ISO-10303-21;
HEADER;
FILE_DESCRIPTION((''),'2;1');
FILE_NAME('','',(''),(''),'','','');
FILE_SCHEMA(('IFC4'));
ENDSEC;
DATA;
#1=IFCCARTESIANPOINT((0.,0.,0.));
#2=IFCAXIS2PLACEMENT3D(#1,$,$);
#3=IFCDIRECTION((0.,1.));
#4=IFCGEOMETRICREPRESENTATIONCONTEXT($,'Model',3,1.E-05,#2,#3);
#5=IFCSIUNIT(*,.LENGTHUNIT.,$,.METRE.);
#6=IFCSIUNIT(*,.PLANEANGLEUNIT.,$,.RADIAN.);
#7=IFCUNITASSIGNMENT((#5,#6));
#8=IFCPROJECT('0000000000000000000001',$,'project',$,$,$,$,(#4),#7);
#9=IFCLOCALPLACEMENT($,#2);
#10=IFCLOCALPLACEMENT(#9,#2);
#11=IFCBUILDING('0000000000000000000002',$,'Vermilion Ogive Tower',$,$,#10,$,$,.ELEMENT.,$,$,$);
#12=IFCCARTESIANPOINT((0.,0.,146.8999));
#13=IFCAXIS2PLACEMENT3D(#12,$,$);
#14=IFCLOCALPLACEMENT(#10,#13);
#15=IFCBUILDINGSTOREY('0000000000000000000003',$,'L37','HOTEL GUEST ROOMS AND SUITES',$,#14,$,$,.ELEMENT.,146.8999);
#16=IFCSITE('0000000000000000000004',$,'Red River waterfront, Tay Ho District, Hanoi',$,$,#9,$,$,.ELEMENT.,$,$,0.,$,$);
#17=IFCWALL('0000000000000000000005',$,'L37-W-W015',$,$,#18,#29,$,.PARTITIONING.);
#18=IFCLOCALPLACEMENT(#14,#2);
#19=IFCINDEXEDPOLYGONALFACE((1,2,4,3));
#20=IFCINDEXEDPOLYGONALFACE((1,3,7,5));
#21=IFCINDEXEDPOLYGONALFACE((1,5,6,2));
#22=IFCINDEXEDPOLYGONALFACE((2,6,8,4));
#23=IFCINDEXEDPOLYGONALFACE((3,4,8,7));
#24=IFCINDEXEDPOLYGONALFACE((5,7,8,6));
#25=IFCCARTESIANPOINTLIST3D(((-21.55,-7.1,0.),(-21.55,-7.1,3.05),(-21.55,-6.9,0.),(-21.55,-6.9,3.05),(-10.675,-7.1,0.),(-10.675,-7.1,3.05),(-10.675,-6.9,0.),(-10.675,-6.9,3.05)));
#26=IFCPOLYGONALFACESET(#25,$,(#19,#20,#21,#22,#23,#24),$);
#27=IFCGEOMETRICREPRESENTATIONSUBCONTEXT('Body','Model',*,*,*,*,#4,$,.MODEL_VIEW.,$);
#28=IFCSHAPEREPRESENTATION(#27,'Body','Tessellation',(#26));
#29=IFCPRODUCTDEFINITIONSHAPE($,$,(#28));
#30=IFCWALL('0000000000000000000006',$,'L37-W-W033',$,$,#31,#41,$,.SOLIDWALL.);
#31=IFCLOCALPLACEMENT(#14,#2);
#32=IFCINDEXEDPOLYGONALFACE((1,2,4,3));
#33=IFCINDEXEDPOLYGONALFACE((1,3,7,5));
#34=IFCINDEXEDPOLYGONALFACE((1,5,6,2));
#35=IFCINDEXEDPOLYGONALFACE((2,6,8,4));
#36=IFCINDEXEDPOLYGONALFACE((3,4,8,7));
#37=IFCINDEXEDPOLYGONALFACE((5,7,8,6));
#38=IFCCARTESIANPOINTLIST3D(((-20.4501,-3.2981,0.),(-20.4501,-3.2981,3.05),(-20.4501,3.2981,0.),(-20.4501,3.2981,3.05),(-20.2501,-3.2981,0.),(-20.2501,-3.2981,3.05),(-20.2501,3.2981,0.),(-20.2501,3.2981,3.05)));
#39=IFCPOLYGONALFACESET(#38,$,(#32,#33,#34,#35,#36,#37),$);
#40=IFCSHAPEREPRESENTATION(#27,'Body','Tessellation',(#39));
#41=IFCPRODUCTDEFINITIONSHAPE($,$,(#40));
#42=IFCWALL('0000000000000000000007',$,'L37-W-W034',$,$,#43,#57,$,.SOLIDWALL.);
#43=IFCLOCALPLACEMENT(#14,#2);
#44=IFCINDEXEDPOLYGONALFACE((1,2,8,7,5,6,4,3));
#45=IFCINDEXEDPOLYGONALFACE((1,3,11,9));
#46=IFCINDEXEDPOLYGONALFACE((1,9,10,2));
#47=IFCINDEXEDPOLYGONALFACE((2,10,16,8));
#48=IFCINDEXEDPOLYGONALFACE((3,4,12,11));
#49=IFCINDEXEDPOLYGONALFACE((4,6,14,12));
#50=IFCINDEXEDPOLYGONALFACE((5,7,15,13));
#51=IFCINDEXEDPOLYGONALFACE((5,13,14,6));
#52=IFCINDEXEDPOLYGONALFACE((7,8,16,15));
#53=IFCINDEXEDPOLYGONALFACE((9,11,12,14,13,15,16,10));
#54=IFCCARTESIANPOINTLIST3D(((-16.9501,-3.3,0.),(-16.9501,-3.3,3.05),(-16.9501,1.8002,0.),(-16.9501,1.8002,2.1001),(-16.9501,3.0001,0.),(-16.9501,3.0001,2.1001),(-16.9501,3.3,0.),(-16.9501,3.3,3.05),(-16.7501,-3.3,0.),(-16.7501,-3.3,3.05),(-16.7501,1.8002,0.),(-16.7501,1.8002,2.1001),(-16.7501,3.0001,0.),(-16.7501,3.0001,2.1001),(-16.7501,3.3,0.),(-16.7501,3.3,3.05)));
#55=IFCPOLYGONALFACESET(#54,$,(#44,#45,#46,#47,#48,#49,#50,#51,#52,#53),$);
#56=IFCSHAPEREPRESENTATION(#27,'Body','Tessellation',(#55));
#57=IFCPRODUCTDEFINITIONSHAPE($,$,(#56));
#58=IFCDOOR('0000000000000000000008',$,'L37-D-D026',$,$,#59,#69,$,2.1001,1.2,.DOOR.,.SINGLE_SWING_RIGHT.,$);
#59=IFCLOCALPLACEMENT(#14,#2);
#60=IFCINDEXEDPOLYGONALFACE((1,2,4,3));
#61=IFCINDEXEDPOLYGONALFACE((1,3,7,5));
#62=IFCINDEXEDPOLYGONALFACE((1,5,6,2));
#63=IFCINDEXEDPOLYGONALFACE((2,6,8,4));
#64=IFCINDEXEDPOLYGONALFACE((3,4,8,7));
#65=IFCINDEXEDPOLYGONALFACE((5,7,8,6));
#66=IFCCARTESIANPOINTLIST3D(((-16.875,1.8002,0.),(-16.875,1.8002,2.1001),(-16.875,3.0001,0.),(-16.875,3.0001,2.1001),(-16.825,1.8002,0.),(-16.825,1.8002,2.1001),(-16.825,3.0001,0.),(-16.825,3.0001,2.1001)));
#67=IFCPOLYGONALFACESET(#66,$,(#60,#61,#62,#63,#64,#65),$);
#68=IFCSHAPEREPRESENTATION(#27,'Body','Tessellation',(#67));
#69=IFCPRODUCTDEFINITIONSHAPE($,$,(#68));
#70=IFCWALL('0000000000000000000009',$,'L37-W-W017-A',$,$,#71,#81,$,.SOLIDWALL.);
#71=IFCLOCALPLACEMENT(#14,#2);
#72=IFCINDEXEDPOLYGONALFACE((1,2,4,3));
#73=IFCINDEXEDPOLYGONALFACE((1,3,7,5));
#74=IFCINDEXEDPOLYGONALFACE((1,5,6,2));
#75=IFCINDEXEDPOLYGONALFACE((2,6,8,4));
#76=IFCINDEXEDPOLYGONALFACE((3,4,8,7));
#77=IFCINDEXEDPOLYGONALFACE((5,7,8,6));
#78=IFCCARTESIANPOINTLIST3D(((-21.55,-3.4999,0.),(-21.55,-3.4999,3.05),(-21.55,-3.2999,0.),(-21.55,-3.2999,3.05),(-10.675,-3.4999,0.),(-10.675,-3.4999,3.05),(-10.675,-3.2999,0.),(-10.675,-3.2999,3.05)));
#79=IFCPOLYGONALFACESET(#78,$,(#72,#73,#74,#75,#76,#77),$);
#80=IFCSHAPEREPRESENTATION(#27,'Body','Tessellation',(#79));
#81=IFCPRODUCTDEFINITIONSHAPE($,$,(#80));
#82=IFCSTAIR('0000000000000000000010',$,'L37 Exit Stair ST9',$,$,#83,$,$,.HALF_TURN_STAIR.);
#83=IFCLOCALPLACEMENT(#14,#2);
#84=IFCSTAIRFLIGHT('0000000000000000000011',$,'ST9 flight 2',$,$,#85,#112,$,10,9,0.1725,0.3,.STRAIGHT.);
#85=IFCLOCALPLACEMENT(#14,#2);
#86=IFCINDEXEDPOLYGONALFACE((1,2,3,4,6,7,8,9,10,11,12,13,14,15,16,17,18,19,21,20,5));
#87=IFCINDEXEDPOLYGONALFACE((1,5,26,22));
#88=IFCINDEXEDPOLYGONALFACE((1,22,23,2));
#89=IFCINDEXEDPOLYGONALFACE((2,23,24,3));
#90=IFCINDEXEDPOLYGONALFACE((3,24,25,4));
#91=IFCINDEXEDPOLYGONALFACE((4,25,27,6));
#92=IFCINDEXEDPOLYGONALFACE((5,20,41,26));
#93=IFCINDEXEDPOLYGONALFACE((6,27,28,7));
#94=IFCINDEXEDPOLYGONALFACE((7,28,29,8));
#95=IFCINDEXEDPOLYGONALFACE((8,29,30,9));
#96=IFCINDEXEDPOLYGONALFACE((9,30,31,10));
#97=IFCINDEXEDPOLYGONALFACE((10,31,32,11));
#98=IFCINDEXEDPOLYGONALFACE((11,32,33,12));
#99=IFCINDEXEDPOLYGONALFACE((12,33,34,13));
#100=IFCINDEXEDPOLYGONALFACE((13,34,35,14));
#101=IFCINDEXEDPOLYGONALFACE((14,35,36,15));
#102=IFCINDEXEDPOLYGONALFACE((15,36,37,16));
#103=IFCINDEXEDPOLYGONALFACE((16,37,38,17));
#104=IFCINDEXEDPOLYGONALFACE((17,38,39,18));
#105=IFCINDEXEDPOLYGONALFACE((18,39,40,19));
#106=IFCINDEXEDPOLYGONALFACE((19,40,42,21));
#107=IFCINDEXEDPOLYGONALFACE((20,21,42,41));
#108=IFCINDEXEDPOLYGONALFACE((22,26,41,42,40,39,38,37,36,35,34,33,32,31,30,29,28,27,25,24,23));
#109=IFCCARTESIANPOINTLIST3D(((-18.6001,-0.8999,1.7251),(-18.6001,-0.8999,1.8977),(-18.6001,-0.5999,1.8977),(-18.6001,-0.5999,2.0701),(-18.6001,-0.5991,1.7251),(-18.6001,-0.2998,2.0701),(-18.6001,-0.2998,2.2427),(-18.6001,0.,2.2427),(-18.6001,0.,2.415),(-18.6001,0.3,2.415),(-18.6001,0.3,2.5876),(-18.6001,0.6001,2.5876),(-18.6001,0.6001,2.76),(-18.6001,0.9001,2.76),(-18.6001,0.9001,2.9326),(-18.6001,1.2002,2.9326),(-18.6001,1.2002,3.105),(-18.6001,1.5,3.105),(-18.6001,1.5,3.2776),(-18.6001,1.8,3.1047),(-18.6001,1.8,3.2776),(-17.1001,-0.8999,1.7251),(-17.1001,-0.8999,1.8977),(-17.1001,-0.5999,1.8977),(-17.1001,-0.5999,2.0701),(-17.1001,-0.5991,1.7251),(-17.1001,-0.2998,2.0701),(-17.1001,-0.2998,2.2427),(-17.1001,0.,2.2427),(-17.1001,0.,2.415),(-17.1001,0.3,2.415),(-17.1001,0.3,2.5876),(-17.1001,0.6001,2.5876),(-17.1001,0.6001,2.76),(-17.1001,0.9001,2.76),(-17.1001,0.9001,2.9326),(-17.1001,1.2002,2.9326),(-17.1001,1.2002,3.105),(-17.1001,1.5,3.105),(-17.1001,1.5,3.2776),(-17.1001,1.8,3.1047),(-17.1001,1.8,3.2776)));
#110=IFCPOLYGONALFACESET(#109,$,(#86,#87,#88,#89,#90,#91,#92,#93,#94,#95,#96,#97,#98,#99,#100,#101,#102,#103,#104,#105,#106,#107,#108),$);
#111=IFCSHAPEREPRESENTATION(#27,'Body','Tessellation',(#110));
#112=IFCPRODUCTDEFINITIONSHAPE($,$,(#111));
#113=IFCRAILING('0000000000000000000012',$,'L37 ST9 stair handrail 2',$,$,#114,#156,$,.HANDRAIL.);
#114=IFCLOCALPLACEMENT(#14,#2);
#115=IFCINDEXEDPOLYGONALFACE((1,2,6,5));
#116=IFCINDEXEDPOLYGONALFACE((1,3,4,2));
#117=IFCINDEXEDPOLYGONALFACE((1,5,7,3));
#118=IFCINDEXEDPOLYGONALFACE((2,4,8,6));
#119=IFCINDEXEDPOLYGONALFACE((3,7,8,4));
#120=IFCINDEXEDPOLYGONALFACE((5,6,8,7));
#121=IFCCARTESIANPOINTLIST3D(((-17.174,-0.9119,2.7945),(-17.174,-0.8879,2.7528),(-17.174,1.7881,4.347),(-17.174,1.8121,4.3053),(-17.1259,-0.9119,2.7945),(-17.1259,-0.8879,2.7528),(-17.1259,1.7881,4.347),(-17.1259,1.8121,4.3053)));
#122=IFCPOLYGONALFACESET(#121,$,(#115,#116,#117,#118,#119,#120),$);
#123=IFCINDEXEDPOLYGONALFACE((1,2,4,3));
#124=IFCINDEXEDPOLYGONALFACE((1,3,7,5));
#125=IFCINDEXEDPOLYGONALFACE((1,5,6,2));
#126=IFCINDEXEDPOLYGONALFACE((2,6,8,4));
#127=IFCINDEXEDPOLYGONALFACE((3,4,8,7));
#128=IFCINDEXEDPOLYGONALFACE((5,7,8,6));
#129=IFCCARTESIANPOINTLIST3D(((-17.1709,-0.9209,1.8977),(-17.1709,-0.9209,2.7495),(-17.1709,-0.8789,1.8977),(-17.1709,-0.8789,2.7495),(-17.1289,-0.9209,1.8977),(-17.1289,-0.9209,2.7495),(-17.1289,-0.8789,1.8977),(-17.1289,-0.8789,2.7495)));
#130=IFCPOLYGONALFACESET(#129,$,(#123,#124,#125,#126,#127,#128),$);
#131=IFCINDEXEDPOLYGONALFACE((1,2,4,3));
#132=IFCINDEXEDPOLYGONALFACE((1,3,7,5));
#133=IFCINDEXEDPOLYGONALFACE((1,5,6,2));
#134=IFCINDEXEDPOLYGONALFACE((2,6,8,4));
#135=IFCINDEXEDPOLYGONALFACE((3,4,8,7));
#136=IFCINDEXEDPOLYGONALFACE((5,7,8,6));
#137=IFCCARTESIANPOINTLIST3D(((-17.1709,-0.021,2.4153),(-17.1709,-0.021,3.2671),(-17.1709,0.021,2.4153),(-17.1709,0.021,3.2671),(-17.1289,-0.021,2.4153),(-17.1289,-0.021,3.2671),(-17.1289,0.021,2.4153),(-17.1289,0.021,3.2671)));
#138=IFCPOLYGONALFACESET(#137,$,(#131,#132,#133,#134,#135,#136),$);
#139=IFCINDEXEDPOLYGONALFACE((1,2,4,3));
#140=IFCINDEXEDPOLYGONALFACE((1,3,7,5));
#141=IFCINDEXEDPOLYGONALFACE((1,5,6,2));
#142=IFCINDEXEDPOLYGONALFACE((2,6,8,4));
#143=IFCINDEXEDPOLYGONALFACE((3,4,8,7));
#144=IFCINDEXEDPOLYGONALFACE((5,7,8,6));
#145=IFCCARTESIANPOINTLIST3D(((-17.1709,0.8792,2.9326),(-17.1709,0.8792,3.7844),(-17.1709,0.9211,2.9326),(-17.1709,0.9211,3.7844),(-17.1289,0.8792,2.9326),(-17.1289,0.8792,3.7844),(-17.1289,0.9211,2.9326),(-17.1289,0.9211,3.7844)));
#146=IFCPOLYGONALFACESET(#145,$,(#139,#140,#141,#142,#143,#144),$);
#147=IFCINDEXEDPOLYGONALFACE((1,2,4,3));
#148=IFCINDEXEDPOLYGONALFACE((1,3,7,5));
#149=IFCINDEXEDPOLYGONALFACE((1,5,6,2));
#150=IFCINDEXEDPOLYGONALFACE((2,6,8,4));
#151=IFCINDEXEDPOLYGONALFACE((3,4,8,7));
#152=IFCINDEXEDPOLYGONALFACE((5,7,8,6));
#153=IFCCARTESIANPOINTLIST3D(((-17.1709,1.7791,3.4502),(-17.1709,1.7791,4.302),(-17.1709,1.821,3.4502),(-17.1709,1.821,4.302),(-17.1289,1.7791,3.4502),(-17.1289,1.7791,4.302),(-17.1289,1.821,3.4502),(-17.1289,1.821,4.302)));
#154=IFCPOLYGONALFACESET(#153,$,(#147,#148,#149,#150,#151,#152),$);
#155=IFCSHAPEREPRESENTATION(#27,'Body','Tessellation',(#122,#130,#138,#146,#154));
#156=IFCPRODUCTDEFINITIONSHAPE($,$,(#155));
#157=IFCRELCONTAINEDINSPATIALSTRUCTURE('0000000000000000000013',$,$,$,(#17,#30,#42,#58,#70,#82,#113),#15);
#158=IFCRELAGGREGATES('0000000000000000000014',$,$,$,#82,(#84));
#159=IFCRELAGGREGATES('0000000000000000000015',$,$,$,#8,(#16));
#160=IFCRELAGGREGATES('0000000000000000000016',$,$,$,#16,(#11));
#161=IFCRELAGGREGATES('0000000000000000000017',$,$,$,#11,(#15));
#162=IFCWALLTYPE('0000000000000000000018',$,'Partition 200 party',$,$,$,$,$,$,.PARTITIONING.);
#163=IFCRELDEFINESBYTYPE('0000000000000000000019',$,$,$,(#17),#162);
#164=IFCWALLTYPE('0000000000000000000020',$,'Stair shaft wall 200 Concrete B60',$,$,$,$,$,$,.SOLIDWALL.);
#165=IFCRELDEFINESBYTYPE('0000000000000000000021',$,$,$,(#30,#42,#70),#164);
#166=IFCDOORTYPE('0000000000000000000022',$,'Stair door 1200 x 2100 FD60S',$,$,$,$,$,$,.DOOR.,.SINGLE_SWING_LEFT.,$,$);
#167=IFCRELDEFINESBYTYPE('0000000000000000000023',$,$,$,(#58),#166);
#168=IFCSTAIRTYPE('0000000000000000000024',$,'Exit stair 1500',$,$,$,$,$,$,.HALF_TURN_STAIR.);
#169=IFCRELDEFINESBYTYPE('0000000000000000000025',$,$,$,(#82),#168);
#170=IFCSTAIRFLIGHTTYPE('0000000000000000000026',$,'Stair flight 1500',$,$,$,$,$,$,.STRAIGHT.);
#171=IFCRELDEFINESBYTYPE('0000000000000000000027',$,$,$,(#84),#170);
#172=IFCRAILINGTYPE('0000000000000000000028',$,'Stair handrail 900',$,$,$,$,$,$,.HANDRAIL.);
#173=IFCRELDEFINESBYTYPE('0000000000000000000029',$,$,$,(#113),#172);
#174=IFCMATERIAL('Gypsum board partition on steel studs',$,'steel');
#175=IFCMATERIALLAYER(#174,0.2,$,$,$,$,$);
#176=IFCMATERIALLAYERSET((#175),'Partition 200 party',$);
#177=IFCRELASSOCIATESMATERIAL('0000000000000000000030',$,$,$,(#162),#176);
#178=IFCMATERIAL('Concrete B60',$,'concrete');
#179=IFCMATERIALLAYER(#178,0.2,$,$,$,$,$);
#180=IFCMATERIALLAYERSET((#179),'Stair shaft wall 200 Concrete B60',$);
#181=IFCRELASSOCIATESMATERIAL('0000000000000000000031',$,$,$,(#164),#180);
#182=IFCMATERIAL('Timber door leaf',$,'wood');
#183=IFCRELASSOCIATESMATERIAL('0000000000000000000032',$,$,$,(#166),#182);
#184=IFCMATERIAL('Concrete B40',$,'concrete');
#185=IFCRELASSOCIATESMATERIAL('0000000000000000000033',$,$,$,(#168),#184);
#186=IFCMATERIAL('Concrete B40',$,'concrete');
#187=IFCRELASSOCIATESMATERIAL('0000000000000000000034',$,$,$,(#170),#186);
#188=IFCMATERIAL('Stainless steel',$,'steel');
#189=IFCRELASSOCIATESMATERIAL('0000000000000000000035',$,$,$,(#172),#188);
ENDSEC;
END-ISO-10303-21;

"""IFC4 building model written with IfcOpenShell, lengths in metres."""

from ifc_helpers import new_model, si_unit, direction, frame, frame_2d, origin, origin_2d, place, context, subcontext, project, spatial, polyline, rectangle, outline, extrude, material, layer, layer_set, type_object, element, fill, aggregate, save


model = new_model("IFC4")

# Units and contexts
model_context = context("Model", 3, precision=1e-05, world=origin(), true_north=direction((0.0, 1.0)))
body_context = subcontext(model_context, "Body", "Model", "MODEL_VIEW")
ifc_project = project(units=[si_unit("LENGTHUNIT", "METRE"), si_unit("PLANEANGLEUNIT", "RADIAN")], contexts=[model_context])

# Site, building, storey
site_placement = place(None, origin())
site = spatial("IfcSite", under=ifc_project, at=site_placement, Name="Red River waterfront, Tay Ho District, Hanoi", CompositionType="ELEMENT", RefElevation=0.0)
building_placement = place(site_placement, origin())
building = spatial("IfcBuilding", under=site, at=building_placement, Name="Vermilion Ogive Tower", CompositionType="ELEMENT")
storey_placement = place(building_placement, frame((0.0, 0.0, 146.8999)))
storey = spatial("IfcBuildingStorey", under=building, at=storey_placement, Name="L37", Description="HOTEL GUEST ROOMS AND SUITES", CompositionType="ELEMENT", Elevation=146.8999)

# Walls
ifc_material_1 = material(Name="Gypsum board partition on steel studs", Category="steel")
ifc_layer_1 = layer(ifc_material_1, 0.2)
ifc_layer_set_1 = layer_set([ifc_layer_1], Name="Partition 200 party")
wall_type_1 = type_object("IfcWallType", Name="Partition 200 party", PredefinedType="PARTITIONING", material=ifc_layer_set_1)
wall_1_placement = place(storey_placement, frame((-21.55, -7.0, 0.0), z_axis=(0.0, 0.0, 1.0), x_axis=(1.0, 0.0, 0.0)))
element("IfcWall", 1, at=wall_1_placement, inside=storey, type_object=wall_type_1, Name="L37-W-W015", PredefinedType="PARTITIONING", context=body_context, shape_type="SweptSolid", body=[
    extrude(rectangle(XDim=10.875, YDim=0.2, at=frame_2d((5.4375, 0.0))), origin(), (0.0, 0.0, 1.0), 3.05),
])
ifc_material_2 = material(Name="Concrete B60", Category="concrete")
ifc_layer_2 = layer(ifc_material_2, 0.2)
ifc_layer_set_2 = layer_set([ifc_layer_2], Name="Stair shaft wall 200 Concrete B60")
wall_type_2 = type_object("IfcWallType", Name="Stair shaft wall 200 Concrete B60", PredefinedType="SOLIDWALL", material=ifc_layer_set_2)
wall_2_placement = place(storey_placement, frame((-20.3501, -3.2981, 0.0), z_axis=(0.0, 0.0, 1.0), x_axis=(0.0, 1.0, 0.0)))
element("IfcWall", 2, at=wall_2_placement, inside=storey, type_object=wall_type_2, Name="L37-W-W033", PredefinedType="SOLIDWALL", context=body_context, shape_type="SweptSolid", body=[
    extrude(rectangle(XDim=6.5962, YDim=0.2, at=frame_2d((3.2981, 0.0))), origin(), (0.0, 0.0, 1.0), 3.05),
])

# Wall, opening, door
wall_3_placement = place(storey_placement, frame((-16.8501, -3.3, 0.0), z_axis=(0.0, 0.0, 1.0), x_axis=(0.0, 1.0, 0.0)))
wall_3 = element("IfcWall", 3, at=wall_3_placement, inside=storey, type_object=wall_type_2, Name="L37-W-W034", PredefinedType="SOLIDWALL", context=body_context, shape_type="SweptSolid", body=[
    extrude(rectangle(XDim=6.6001, YDim=0.2, at=frame_2d((3.3, 0.0))), origin(), (0.0, 0.0, 1.0), 3.05),
])
opening_placement = place(wall_3_placement, frame((5.1001, 0.0, 0.0)))
opening = element("IfcOpeningElement", 4, at=opening_placement, cuts=wall_3, PredefinedType="OPENING", context=body_context, shape_type="SweptSolid", body=[
    extrude(rectangle(XDim=1.2, YDim=2.1001, at=frame_2d((0.6001, 1.05))), frame((0.0, 0.1099, 0.0), z_axis=(0.0, -1.0, 0.0), x_axis=(1.0, 0.0, 0.0)), (0.0, 0.0, 1.0), 0.22),
])
ifc_material_3 = material(Name="Timber door leaf", Category="wood")
door_type = type_object("IfcDoorType", Name="Stair door 1200 x 2100 FD60S", OperationType="SINGLE_SWING_LEFT", PredefinedType="DOOR", material=ifc_material_3)
door_placement = place(opening_placement, origin())
door = element("IfcDoor", 5, at=door_placement, inside=storey, type_object=door_type, Name="L37-D-D026", OperationType="SINGLE_SWING_RIGHT", OverallHeight=2.1001, OverallWidth=1.2, PredefinedType="DOOR", context=body_context, shape_type="SweptSolid", body=[
    extrude(rectangle(XDim=1.2, YDim=2.1001, at=frame_2d((0.6001, 1.05))), frame((0.0, 0.0249, 0.0), z_axis=(0.0, -1.0, 0.0), x_axis=(1.0, 0.0, 0.0)), (0.0, 0.0, 1.0), 0.05),
])
fill(opening, door)

# Wall
wall_4_placement = place(storey_placement, frame((-21.55, -3.3999, 0.0), z_axis=(0.0, 0.0, 1.0), x_axis=(1.0, 0.0, 0.0)))
element("IfcWall", 6, at=wall_4_placement, inside=storey, type_object=wall_type_2, Name="L37-W-W017-A", PredefinedType="SOLIDWALL", context=body_context, shape_type="SweptSolid", body=[
    extrude(rectangle(XDim=10.875, YDim=0.2, at=frame_2d((5.4375, 0.0))), origin(), (0.0, 0.0, 1.0), 3.05),
])

# Stair, stair flight
ifc_material_4 = material(Name="Concrete B40", Category="concrete")
stair_type = type_object("IfcStairType", Name="Exit stair 1500", PredefinedType="HALF_TURN_STAIR", material=ifc_material_4)
stair_placement = place(storey_placement, origin())
stair = element("IfcStair", 7, at=stair_placement, inside=storey, type_object=stair_type, Name="L37 Exit Stair ST9", PredefinedType="HALF_TURN_STAIR")
ifc_material_5 = material(Name="Concrete B40", Category="concrete")
stair_flight_type = type_object("IfcStairFlightType", Name="Stair flight 1500", PredefinedType="STRAIGHT", material=ifc_material_5)
stair_flight_placement = place(storey_placement, frame((-17.8501, -0.8999, 1.7251), z_axis=(0.0, 0.0, 1.0), x_axis=(0.0, 1.0, 0.0)))
stair_flight = element("IfcStairFlight", 8, at=stair_flight_placement, type_object=stair_flight_type, Name="ST9 flight 2", NumberOfRisers=10, NumberOfTreads=9, PredefinedType="STRAIGHT", RiserHeight=0.1725, TreadLength=0.3, context=body_context, shape_type="SweptSolid", body=[
    extrude(outline(polyline([(0.0, 0.0), (0.0, 0.1726), (0.3, 0.1726), (0.3, 0.345), (0.6001, 0.345), (0.6001, 0.5176), (0.8999, 0.5176), (0.8999, 0.6899), (1.2, 0.6899), (1.2, 0.8625), (1.5, 0.8625), (1.5, 1.0349), (1.8, 1.0349), (1.8, 1.2075), (2.1001, 1.2075), (2.1001, 1.3799), (2.3999, 1.3799), (2.3999, 1.5525), (2.7, 1.5525), (2.7, 1.7251), (2.7, 1.3796), (0.3008, 0.0), (0.0, 0.0)])), frame((0.0, 0.75, 0.0), z_axis=(0.0, -1.0, 0.0), x_axis=(1.0, 0.0, 0.0)), (0.0, 0.0, 1.0), 1.5),
])
aggregate(stair, [stair_flight])

# Railing
ifc_material_6 = material(Name="Stainless steel", Category="steel")
railing_type = type_object("IfcRailingType", Name="Stair handrail 900", PredefinedType="HANDRAIL", material=ifc_material_6)
railing_placement = place(storey_placement, frame((-17.1499, -0.8999, 1.8977)))
element("IfcRailing", 9, at=railing_placement, inside=storey, type_object=railing_type, Name="L37 ST9 stair handrail 2", PredefinedType="HANDRAIL", context=body_context, shape_type="SweptSolid", body=[
    extrude(rectangle(XDim=0.0481, YDim=0.0481, at=origin_2d()), frame((0.0, 0.0, 0.876), z_axis=(0.0, 0.866904, 0.498476), x_axis=(-1.0, 0.0, 0.0)), (0.0, 0.0, 1.0), 3.1145),
    extrude(rectangle(XDim=0.042, YDim=0.042, at=origin_2d()), origin(), (0.0, 0.0, 1.0), 0.8518),
    extrude(rectangle(XDim=0.042, YDim=0.042, at=origin_2d()), frame((0.0, 0.8999, 0.5176)), (0.0, 0.0, 1.0), 0.8518),
    extrude(rectangle(XDim=0.042, YDim=0.042, at=origin_2d()), frame((0.0, 1.8, 1.0349)), (0.0, 0.0, 1.0), 0.8518),
    extrude(rectangle(XDim=0.042, YDim=0.042, at=origin_2d()), frame((0.0, 2.7, 1.5525)), (0.0, 0.0, 1.0), 0.8518),
])

save(model, "model.ifc")
